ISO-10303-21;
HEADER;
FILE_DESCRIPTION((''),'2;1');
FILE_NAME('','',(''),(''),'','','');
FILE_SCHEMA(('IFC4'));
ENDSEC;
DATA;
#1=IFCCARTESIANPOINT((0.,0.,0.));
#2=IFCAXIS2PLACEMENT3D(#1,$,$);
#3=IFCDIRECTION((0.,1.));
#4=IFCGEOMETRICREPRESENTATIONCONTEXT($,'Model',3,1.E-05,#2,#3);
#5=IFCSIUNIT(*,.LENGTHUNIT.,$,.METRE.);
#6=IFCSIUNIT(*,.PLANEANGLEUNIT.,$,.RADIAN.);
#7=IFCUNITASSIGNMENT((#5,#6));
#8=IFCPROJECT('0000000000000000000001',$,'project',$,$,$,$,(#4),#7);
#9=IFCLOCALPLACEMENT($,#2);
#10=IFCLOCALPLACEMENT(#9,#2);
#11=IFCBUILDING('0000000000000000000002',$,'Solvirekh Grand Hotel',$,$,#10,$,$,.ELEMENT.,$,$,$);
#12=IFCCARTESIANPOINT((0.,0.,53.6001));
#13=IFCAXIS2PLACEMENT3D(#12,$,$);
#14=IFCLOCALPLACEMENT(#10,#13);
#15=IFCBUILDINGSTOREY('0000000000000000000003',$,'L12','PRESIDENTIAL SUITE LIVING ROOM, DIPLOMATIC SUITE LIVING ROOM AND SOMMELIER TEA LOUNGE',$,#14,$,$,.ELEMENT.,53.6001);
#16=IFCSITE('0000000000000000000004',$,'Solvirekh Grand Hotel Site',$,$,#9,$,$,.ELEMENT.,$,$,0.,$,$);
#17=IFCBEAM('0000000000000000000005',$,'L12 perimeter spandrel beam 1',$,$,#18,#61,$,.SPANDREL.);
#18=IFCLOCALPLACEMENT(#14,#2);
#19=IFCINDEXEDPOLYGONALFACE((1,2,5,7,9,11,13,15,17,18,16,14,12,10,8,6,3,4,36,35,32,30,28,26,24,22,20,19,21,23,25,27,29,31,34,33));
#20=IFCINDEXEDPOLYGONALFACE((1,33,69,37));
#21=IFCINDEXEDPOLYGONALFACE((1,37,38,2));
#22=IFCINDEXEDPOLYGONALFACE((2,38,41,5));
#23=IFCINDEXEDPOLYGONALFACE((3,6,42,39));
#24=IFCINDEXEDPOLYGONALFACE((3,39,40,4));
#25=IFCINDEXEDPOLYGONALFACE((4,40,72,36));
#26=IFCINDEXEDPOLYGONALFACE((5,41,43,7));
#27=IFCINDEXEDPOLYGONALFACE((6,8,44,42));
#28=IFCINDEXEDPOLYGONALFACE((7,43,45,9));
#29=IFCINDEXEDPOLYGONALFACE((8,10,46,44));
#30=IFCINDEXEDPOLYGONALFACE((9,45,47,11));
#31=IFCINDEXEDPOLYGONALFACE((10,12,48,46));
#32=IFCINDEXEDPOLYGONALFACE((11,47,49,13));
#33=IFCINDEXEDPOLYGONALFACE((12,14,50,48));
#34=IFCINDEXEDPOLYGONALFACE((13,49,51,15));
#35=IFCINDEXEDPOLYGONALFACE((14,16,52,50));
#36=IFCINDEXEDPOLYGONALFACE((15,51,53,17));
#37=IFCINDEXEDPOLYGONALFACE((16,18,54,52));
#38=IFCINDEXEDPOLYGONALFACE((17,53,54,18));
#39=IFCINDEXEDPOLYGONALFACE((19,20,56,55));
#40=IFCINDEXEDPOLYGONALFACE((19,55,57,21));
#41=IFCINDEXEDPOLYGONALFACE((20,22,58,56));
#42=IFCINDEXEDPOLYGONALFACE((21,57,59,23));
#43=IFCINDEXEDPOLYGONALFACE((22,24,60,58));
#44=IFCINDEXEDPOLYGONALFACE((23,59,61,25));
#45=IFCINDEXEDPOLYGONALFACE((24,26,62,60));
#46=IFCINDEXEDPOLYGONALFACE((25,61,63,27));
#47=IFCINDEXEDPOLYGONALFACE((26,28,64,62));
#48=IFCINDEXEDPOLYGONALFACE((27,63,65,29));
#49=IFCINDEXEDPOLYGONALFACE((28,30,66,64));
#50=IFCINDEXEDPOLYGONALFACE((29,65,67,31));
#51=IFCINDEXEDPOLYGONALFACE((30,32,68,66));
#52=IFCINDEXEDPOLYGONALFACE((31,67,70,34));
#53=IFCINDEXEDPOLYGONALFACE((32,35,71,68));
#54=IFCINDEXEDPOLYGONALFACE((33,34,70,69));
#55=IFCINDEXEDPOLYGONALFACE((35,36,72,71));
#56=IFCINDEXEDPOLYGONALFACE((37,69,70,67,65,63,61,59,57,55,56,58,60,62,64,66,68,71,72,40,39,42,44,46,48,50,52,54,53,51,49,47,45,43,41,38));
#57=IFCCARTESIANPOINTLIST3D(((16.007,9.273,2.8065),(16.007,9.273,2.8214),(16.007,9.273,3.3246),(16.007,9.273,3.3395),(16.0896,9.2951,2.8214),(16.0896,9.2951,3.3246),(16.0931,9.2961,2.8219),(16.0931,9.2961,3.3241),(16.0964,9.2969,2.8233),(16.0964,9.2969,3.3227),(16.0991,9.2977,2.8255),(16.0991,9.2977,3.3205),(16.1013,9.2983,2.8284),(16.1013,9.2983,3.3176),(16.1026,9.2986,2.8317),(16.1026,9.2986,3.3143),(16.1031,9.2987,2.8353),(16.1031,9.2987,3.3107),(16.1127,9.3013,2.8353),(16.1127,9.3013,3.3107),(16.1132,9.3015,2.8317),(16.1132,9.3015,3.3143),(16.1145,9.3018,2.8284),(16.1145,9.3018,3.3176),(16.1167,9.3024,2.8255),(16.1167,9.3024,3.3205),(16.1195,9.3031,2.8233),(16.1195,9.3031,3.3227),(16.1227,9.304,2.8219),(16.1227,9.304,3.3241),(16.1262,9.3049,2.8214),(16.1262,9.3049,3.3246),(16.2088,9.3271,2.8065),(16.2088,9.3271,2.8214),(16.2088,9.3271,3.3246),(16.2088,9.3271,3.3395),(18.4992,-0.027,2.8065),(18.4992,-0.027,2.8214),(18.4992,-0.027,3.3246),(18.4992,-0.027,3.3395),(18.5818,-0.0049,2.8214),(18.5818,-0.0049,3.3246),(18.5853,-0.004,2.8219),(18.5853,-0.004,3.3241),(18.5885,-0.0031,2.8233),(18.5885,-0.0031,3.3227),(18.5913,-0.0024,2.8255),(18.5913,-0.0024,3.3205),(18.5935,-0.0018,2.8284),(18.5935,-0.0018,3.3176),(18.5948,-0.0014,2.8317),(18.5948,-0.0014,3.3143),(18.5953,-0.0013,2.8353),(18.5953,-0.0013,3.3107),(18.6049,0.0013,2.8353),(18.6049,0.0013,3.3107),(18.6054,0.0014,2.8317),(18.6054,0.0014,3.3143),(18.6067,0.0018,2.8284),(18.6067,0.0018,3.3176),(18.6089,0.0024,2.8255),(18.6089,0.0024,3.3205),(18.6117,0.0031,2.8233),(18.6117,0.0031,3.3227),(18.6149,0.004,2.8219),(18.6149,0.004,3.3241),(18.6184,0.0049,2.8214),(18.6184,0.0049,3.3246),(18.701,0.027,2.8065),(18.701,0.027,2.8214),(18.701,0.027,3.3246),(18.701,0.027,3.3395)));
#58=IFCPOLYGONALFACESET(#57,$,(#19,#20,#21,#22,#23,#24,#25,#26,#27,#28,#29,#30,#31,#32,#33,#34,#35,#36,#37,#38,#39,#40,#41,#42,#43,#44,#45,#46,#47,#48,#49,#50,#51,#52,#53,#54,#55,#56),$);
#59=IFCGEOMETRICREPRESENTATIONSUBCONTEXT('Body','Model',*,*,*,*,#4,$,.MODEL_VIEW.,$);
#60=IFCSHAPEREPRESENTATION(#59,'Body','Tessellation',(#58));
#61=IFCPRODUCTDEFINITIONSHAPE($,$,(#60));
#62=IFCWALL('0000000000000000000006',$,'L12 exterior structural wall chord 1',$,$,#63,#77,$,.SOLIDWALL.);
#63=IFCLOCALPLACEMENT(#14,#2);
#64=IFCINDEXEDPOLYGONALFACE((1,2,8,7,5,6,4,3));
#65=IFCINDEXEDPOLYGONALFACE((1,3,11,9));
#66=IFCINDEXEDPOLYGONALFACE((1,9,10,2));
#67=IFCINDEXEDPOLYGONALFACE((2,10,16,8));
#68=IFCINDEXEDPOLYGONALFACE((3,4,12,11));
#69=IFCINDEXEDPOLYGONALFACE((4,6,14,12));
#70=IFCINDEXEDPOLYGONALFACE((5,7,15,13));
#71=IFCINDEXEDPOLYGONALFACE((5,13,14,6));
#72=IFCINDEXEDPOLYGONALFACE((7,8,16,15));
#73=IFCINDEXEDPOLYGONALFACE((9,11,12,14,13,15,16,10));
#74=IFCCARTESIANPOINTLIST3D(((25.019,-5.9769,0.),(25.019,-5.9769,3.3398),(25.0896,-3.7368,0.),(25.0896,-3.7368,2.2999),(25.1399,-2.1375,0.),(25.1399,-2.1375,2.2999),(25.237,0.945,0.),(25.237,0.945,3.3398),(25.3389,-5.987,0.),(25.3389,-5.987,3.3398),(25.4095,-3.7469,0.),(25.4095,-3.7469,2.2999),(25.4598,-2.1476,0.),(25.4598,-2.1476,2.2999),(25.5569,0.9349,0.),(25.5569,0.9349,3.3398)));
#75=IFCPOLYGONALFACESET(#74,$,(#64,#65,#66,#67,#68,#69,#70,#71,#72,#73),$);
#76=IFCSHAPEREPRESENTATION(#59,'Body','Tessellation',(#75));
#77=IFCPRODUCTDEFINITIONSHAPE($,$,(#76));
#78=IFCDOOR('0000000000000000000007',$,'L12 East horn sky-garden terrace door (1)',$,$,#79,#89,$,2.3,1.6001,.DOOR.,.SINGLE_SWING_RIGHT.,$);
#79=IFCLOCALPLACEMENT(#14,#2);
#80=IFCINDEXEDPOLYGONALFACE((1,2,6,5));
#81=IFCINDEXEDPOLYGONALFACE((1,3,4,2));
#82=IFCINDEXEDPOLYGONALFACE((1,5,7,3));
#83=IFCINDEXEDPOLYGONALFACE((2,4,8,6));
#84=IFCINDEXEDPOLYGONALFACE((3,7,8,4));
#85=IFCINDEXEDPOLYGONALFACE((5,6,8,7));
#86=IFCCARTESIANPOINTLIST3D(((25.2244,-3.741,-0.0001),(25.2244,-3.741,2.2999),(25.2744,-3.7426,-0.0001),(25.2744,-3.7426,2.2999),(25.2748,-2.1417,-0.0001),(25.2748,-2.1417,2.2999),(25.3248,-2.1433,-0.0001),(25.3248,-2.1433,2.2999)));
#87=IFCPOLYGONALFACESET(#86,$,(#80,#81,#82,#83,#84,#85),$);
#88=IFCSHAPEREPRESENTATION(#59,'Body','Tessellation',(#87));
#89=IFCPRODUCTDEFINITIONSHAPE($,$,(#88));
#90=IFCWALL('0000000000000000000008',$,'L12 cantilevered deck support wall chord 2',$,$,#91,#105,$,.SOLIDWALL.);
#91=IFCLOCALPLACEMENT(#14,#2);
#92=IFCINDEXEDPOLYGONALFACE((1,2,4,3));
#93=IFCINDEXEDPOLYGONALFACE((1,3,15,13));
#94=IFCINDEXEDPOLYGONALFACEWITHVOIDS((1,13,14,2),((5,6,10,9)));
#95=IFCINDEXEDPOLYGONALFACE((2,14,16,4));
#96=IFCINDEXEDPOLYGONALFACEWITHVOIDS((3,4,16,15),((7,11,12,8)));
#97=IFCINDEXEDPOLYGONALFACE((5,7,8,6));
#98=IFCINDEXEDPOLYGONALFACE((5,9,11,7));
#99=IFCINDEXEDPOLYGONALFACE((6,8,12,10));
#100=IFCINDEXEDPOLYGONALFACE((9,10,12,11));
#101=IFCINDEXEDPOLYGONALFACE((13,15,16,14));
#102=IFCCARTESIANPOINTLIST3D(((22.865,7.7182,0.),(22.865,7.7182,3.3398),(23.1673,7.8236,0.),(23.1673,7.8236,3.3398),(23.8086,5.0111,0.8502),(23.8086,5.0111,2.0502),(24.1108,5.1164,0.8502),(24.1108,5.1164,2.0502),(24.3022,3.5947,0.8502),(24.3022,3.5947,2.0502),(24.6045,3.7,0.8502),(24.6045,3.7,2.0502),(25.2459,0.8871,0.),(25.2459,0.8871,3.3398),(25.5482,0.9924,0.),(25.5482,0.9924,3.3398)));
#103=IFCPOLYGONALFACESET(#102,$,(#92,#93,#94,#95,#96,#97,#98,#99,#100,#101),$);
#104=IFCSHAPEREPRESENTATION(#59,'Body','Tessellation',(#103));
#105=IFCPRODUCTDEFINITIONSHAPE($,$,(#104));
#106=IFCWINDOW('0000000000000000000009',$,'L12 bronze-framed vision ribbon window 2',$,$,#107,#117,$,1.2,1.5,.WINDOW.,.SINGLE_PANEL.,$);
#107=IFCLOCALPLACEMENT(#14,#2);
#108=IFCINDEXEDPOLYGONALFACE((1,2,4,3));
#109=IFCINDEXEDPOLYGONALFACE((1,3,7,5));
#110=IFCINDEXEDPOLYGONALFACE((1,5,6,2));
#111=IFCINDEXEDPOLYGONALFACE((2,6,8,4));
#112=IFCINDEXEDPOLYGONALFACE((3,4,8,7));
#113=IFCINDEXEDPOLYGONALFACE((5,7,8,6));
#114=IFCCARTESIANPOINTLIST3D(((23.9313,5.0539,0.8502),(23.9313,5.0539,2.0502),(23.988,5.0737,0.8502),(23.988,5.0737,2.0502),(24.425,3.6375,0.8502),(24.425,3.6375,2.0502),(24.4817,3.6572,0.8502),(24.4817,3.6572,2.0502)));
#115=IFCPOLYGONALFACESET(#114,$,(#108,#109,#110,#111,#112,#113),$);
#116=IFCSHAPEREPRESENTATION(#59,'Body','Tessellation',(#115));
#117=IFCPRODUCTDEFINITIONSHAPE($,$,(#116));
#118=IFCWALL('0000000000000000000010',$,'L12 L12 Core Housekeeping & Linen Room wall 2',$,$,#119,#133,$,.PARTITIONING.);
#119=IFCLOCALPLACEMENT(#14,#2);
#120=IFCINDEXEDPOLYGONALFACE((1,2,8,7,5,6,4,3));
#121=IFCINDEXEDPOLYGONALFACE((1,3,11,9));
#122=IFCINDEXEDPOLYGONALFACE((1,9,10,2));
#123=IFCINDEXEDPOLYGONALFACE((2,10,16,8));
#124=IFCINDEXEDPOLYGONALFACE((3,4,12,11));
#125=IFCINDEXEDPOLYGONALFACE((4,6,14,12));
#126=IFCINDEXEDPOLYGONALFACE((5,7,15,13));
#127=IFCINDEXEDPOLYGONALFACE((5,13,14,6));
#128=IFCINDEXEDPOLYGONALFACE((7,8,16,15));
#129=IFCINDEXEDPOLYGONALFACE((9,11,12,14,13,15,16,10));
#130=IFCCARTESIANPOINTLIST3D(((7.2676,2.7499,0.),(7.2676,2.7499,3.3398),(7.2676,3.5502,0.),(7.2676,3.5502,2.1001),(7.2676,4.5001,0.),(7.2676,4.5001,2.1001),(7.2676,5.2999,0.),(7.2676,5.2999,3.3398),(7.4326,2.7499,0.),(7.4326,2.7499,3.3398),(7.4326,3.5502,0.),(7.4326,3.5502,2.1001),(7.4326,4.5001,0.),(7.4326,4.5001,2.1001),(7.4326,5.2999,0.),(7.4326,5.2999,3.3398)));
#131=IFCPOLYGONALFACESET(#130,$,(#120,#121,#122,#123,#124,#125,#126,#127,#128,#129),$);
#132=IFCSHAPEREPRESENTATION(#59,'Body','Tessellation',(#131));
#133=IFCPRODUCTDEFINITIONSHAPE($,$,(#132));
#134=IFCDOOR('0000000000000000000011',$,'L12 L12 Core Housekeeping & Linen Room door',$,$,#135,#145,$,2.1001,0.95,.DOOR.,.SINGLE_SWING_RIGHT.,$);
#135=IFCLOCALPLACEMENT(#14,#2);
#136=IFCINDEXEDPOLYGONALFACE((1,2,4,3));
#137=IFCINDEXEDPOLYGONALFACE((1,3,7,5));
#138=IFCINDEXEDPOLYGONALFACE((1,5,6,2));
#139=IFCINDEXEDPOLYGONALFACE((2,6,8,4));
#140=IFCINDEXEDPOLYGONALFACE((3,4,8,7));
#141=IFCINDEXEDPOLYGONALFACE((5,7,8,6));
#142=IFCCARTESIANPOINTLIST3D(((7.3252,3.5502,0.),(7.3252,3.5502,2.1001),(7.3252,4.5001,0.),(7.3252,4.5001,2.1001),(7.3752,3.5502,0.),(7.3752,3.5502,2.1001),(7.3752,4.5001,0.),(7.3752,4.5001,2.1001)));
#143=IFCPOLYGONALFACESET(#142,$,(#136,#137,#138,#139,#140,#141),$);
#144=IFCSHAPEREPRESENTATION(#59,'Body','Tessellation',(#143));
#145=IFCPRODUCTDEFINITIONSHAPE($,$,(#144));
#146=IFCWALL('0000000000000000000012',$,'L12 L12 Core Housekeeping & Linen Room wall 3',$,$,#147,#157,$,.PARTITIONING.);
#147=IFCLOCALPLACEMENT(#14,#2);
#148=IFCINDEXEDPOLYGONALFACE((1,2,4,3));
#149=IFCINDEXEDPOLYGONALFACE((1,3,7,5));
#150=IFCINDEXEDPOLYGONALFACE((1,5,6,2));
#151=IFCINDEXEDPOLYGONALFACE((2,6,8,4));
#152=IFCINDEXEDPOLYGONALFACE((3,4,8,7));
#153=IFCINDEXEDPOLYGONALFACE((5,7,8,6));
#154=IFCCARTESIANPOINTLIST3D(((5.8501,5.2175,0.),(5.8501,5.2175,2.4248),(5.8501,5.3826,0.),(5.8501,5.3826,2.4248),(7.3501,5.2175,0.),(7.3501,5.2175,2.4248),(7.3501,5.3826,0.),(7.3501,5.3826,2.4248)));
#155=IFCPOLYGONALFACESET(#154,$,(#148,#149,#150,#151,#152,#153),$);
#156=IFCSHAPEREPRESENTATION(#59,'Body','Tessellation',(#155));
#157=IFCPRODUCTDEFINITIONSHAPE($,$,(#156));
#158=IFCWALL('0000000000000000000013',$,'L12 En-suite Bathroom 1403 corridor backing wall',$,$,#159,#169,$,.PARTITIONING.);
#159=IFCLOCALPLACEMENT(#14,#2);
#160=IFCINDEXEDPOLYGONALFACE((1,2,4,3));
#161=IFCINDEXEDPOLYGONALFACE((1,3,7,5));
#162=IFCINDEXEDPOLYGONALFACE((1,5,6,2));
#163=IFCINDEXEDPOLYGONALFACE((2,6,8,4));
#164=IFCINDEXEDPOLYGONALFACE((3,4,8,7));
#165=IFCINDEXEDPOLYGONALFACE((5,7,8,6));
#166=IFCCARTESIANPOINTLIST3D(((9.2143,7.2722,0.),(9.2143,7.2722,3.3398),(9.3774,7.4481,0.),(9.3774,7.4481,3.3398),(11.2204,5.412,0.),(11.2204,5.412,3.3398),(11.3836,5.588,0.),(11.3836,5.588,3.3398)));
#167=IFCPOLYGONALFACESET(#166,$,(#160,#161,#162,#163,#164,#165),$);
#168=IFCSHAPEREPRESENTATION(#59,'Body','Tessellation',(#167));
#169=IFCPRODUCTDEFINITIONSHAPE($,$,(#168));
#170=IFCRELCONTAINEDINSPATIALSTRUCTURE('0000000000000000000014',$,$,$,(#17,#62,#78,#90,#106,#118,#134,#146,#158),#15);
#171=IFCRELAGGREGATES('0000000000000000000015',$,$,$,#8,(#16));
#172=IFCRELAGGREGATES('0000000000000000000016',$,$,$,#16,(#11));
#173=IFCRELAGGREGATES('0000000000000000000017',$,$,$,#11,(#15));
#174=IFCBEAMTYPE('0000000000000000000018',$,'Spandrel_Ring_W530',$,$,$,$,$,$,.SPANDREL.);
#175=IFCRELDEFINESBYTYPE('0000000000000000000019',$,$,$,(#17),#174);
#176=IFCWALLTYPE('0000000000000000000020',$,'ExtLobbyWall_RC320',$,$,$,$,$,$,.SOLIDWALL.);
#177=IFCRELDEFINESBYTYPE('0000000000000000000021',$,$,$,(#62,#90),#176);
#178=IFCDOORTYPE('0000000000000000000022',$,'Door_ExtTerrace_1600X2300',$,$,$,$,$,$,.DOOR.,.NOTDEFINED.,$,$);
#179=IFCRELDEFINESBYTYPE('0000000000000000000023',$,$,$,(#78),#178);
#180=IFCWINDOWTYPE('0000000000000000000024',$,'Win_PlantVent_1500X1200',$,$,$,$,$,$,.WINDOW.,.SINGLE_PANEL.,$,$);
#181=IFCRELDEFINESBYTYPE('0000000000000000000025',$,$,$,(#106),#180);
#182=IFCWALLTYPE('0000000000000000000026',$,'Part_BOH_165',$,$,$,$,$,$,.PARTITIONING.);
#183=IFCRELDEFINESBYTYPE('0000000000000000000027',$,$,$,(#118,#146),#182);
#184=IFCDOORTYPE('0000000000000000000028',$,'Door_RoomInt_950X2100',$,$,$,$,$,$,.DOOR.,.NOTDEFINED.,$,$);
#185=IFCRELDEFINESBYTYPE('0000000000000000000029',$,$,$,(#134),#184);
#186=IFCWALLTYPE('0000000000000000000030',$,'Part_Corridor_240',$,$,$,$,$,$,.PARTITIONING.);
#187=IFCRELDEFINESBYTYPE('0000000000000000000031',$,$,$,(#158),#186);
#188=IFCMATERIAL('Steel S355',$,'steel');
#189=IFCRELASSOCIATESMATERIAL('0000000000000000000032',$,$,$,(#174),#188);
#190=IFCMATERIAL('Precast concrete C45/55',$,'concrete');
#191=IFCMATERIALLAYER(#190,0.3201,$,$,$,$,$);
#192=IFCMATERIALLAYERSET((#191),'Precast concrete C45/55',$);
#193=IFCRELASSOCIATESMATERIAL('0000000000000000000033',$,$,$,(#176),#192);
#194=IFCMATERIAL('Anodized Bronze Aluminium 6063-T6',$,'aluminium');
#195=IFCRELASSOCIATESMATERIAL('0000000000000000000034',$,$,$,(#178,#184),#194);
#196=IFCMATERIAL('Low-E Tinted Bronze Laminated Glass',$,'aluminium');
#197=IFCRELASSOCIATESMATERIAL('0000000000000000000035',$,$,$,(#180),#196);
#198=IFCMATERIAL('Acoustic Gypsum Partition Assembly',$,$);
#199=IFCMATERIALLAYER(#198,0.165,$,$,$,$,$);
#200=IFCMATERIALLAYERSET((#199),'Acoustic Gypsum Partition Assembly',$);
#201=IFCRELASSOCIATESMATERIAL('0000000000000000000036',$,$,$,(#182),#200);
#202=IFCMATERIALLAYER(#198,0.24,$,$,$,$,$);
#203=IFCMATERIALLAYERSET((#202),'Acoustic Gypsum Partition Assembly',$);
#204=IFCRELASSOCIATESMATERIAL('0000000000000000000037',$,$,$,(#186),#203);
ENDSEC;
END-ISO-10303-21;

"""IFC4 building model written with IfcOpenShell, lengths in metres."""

from ifc_helpers import new_model, si_unit, direction, frame, frame_2d, origin, origin_2d, place, context, subcontext, project, spatial, rectangle, i_section, extrude, material, layer, layer_set, material_profile, profile_set, type_object, element, fill, save


model = new_model("IFC4")

# Units and contexts
model_context = context("Model", 3, precision=1e-05, world=origin(), true_north=direction((0.0, 1.0)))
body_context = subcontext(model_context, "Body", "Model", "MODEL_VIEW")
ifc_project = project(units=[si_unit("LENGTHUNIT", "METRE"), si_unit("PLANEANGLEUNIT", "RADIAN")], contexts=[model_context])

# Site, building, storey
site_placement = place(None, origin())
site = spatial("IfcSite", under=ifc_project, at=site_placement, Name="Solvirekh Grand Hotel Site", CompositionType="ELEMENT", RefElevation=0.0)
building_placement = place(site_placement, origin())
building = spatial("IfcBuilding", under=site, at=building_placement, Name="Solvirekh Grand Hotel", CompositionType="ELEMENT")
storey_placement = place(building_placement, frame((0.0, 0.0, 53.6001)))
storey = spatial("IfcBuildingStorey", under=building, at=storey_placement, Name="L12", Description="PRESIDENTIAL SUITE LIVING ROOM, DIPLOMATIC SUITE LIVING ROOM AND SOMMELIER TEA LOUNGE", CompositionType="ELEMENT", Elevation=53.6001)

# Beam
ifc_material_1 = material(Name="Steel S355", Category="steel")
ifc_material_profile_1 = material_profile(ifc_material_1, i_section(OverallWidth=0.209, OverallDepth=0.533, WebThickness=0.01, FlangeThickness=0.0149, FilletRadius=0.0139, at=origin_2d()), Name="W530X92")
ifc_profile_set_1 = profile_set([ifc_material_profile_1], Name="Steel S355")
beam_type_1 = type_object("IfcBeamType", Name="Spandrel_Ring_W530", PredefinedType="SPANDREL", material=ifc_profile_set_1)
beam_1_placement = place(storey_placement, frame((18.6001, 0.0, 3.073), z_axis=(-0.258843, 0.965919, 0.0), x_axis=(-0.965919, -0.258843, 0.0)))
element("IfcBeam", 1, at=beam_1_placement, inside=storey, type_object=beam_type_1, Name="L12 perimeter spandrel beam 1", PredefinedType="SPANDREL", context=body_context, shape_type="SweptSolid", body=[
    extrude(i_section(OverallWidth=0.209, OverallDepth=0.533, WebThickness=0.01, FlangeThickness=0.0149, FilletRadius=0.0139, at=origin_2d()), origin(), (0.0, 0.0, 1.0), 9.6282),
])

# Wall, opening, door
ifc_material_2 = material(Name="Precast concrete C45/55", Category="concrete")
ifc_layer_1 = layer(ifc_material_2, 0.3201)
ifc_layer_set_1 = layer_set([ifc_layer_1], Name="Precast concrete C45/55")
wall_type_1 = type_object("IfcWallType", Name="ExtLobbyWall_RC320", PredefinedType="SOLIDWALL", material=ifc_layer_set_1)
wall_1_placement = place(storey_placement, frame((25.397, 0.9399, 0.0), z_axis=(0.0, 0.0, 1.0), x_axis=(-0.031481, -0.999504, 0.0)))
wall_1 = element("IfcWall", 2, at=wall_1_placement, inside=storey, type_object=wall_type_1, Name="L12 exterior structural wall chord 1", PredefinedType="SOLIDWALL", context=body_context, shape_type="SweptSolid", body=[
    extrude(rectangle(XDim=6.9253, YDim=0.3201, at=frame_2d((3.4626, 0.0))), origin(), (0.0, 0.0, 1.0), 3.3398),
])
opening_1_placement = place(wall_1_placement, frame((3.084, 0.0, 0.0)))
opening_1 = element("IfcOpeningElement", 3, at=opening_1_placement, cuts=wall_1, PredefinedType="OPENING", context=body_context, shape_type="SweptSolid", body=[
    extrude(rectangle(XDim=1.6001, YDim=2.3, at=frame_2d((0.8, 1.1499))), frame((0.0, 0.1699, 0.0), z_axis=(0.0, -1.0, 0.0), x_axis=(1.0, 0.0, 0.0)), (0.0, 0.0, 1.0), 0.3401),
])
ifc_material_3 = material(Name="Anodized Bronze Aluminium 6063-T6", Category="aluminium")
door_type_1 = type_object("IfcDoorType", Name="Door_ExtTerrace_1600X2300", OperationType="NOTDEFINED", PredefinedType="DOOR", material=ifc_material_3)
door_1_placement = place(opening_1_placement, origin())
door_1 = element("IfcDoor", 4, at=door_1_placement, inside=storey, type_object=door_type_1, Name="L12 East horn sky-garden terrace door (1)", OperationType="SINGLE_SWING_RIGHT", OverallHeight=2.3, OverallWidth=1.6001, PredefinedType="DOOR", context=body_context, shape_type="SweptSolid", body=[
    extrude(rectangle(XDim=1.6001, YDim=2.3, at=frame_2d((0.8, 1.1499))), frame((0.0, 0.0249, 0.0), z_axis=(0.0, -1.0, 0.0), x_axis=(1.0, 0.0, 0.0)), (0.0, 0.0, 1.0), 0.05),
])
fill(opening_1, door_1)

# Wall, opening, window
wall_2_placement = place(storey_placement, frame((23.0161, 7.771, 0.0), z_axis=(0.0, 0.0, 1.0), x_axis=(0.329117, -0.944289, 0.0)))
wall_2 = element("IfcWall", 5, at=wall_2_placement, inside=storey, type_object=wall_type_1, Name="L12 cantilevered deck support wall chord 2", PredefinedType="SOLIDWALL", context=body_context, shape_type="SweptSolid", body=[
    extrude(rectangle(XDim=7.2341, YDim=0.3201, at=frame_2d((3.6172, 0.0))), origin(), (0.0, 0.0, 1.0), 3.3398),
])
opening_2_placement = place(wall_2_placement, frame((2.8669, 0.0, 0.8501)))
opening_2 = element("IfcOpeningElement", 6, at=opening_2_placement, cuts=wall_2, PredefinedType="OPENING", context=body_context, shape_type="SweptSolid", body=[
    extrude(rectangle(XDim=1.5, YDim=1.2, at=frame_2d((0.75, 0.6001))), frame((0.0, 0.1699, 0.0), z_axis=(0.0, -1.0, 0.0), x_axis=(1.0, 0.0, 0.0)), (0.0, 0.0, 1.0), 0.3401),
])
ifc_material_4 = material(Name="Low-E Tinted Bronze Laminated Glass", Category="aluminium")
window_type = type_object("IfcWindowType", Name="Win_PlantVent_1500X1200", PartitioningType="SINGLE_PANEL", PredefinedType="WINDOW", material=ifc_material_4)
window_placement = place(opening_2_placement, origin())
window = element("IfcWindow", 7, at=window_placement, inside=storey, type_object=window_type, Name="L12 bronze-framed vision ribbon window 2", OverallHeight=1.2, OverallWidth=1.5, PartitioningType="SINGLE_PANEL", PredefinedType="WINDOW", context=body_context, shape_type="SweptSolid", body=[
    extrude(rectangle(XDim=1.5, YDim=1.2, at=frame_2d((0.75, 0.6001))), frame((0.0, 0.03, 0.0), z_axis=(0.0, -1.0, 0.0), x_axis=(1.0, 0.0, 0.0)), (0.0, 0.0, 1.0), 0.0601),
])
fill(opening_2, window)

# Wall, opening, door
ifc_material_5 = material(Name="Acoustic Gypsum Partition Assembly")
ifc_layer_2 = layer(ifc_material_5, 0.165)
ifc_layer_set_2 = layer_set([ifc_layer_2], Name="Acoustic Gypsum Partition Assembly")
wall_type_2 = type_object("IfcWallType", Name="Part_BOH_165", PredefinedType="PARTITIONING", material=ifc_layer_set_2)
wall_3_placement = place(storey_placement, frame((7.3501, 2.75, 0.0), z_axis=(0.0, 0.0, 1.0), x_axis=(0.0, 1.0, 0.0)))
wall_3 = element("IfcWall", 8, at=wall_3_placement, inside=storey, type_object=wall_type_2, Name="L12 L12 Core Housekeeping & Linen Room wall 2", PredefinedType="PARTITIONING", context=body_context, shape_type="SweptSolid", body=[
    extrude(rectangle(XDim=2.55, YDim=0.165, at=frame_2d((1.2749, 0.0))), origin(), (0.0, 0.0, 1.0), 3.3398),
])
opening_3_placement = place(wall_3_placement, frame((0.8, 0.0, 0.0)))
opening_3 = element("IfcOpeningElement", 9, at=opening_3_placement, cuts=wall_3, PredefinedType="OPENING", context=body_context, shape_type="SweptSolid", body=[
    extrude(rectangle(XDim=0.95, YDim=2.1001, at=frame_2d((0.4751, 1.05))), frame((0.0, 0.0925, 0.0), z_axis=(0.0, -1.0, 0.0), x_axis=(1.0, 0.0, 0.0)), (0.0, 0.0, 1.0), 0.1851),
])
door_type_2 = type_object("IfcDoorType", Name="Door_RoomInt_950X2100", OperationType="NOTDEFINED", PredefinedType="DOOR", material=ifc_material_3)
door_2_placement = place(opening_3_placement, origin())
door_2 = element("IfcDoor", 10, at=door_2_placement, inside=storey, type_object=door_type_2, Name="L12 L12 Core Housekeeping & Linen Room door", OperationType="SINGLE_SWING_RIGHT", OverallHeight=2.1001, OverallWidth=0.95, PredefinedType="DOOR", context=body_context, shape_type="SweptSolid", body=[
    extrude(rectangle(XDim=0.95, YDim=2.1001, at=frame_2d((0.4751, 1.05))), frame((0.0, 0.0249, 0.0), z_axis=(0.0, -1.0, 0.0), x_axis=(1.0, 0.0, 0.0)), (0.0, 0.0, 1.0), 0.05),
])
fill(opening_3, door_2)

# Walls
wall_4_placement = place(storey_placement, frame((7.3501, 5.3, 0.0), z_axis=(0.0, 0.0, 1.0), x_axis=(-1.0, 0.0, 0.0)))
element("IfcWall", 11, at=wall_4_placement, inside=storey, type_object=wall_type_2, Name="L12 L12 Core Housekeeping & Linen Room wall 3", PredefinedType="PARTITIONING", context=body_context, shape_type="SweptSolid", body=[
    extrude(rectangle(XDim=1.5, YDim=0.165, at=frame_2d((0.75, 0.0))), origin(), (0.0, 0.0, 1.0), 2.4248),
])
ifc_layer_3 = layer(ifc_material_5, 0.24)
ifc_layer_set_3 = layer_set([ifc_layer_3], Name="Acoustic Gypsum Partition Assembly")
wall_type_3 = type_object("IfcWallType", Name="Part_Corridor_240", PredefinedType="PARTITIONING", material=ifc_layer_set_3)
wall_5_placement = place(storey_placement, frame((11.302, 5.5, 0.0), z_axis=(0.0, 0.0, 1.0), x_axis=(-0.733286, 0.67992, 0.0)))
element("IfcWall", 12, at=wall_5_placement, inside=storey, type_object=wall_type_3, Name="L12 En-suite Bathroom 1403 corridor backing wall", PredefinedType="PARTITIONING", context=body_context, shape_type="SweptSolid", body=[
    extrude(rectangle(XDim=2.7358, YDim=0.24, at=frame_2d((1.3679, 0.0))), origin(), (0.0, 0.0, 1.0), 3.3398),
])

save(model, "model.ifc")
